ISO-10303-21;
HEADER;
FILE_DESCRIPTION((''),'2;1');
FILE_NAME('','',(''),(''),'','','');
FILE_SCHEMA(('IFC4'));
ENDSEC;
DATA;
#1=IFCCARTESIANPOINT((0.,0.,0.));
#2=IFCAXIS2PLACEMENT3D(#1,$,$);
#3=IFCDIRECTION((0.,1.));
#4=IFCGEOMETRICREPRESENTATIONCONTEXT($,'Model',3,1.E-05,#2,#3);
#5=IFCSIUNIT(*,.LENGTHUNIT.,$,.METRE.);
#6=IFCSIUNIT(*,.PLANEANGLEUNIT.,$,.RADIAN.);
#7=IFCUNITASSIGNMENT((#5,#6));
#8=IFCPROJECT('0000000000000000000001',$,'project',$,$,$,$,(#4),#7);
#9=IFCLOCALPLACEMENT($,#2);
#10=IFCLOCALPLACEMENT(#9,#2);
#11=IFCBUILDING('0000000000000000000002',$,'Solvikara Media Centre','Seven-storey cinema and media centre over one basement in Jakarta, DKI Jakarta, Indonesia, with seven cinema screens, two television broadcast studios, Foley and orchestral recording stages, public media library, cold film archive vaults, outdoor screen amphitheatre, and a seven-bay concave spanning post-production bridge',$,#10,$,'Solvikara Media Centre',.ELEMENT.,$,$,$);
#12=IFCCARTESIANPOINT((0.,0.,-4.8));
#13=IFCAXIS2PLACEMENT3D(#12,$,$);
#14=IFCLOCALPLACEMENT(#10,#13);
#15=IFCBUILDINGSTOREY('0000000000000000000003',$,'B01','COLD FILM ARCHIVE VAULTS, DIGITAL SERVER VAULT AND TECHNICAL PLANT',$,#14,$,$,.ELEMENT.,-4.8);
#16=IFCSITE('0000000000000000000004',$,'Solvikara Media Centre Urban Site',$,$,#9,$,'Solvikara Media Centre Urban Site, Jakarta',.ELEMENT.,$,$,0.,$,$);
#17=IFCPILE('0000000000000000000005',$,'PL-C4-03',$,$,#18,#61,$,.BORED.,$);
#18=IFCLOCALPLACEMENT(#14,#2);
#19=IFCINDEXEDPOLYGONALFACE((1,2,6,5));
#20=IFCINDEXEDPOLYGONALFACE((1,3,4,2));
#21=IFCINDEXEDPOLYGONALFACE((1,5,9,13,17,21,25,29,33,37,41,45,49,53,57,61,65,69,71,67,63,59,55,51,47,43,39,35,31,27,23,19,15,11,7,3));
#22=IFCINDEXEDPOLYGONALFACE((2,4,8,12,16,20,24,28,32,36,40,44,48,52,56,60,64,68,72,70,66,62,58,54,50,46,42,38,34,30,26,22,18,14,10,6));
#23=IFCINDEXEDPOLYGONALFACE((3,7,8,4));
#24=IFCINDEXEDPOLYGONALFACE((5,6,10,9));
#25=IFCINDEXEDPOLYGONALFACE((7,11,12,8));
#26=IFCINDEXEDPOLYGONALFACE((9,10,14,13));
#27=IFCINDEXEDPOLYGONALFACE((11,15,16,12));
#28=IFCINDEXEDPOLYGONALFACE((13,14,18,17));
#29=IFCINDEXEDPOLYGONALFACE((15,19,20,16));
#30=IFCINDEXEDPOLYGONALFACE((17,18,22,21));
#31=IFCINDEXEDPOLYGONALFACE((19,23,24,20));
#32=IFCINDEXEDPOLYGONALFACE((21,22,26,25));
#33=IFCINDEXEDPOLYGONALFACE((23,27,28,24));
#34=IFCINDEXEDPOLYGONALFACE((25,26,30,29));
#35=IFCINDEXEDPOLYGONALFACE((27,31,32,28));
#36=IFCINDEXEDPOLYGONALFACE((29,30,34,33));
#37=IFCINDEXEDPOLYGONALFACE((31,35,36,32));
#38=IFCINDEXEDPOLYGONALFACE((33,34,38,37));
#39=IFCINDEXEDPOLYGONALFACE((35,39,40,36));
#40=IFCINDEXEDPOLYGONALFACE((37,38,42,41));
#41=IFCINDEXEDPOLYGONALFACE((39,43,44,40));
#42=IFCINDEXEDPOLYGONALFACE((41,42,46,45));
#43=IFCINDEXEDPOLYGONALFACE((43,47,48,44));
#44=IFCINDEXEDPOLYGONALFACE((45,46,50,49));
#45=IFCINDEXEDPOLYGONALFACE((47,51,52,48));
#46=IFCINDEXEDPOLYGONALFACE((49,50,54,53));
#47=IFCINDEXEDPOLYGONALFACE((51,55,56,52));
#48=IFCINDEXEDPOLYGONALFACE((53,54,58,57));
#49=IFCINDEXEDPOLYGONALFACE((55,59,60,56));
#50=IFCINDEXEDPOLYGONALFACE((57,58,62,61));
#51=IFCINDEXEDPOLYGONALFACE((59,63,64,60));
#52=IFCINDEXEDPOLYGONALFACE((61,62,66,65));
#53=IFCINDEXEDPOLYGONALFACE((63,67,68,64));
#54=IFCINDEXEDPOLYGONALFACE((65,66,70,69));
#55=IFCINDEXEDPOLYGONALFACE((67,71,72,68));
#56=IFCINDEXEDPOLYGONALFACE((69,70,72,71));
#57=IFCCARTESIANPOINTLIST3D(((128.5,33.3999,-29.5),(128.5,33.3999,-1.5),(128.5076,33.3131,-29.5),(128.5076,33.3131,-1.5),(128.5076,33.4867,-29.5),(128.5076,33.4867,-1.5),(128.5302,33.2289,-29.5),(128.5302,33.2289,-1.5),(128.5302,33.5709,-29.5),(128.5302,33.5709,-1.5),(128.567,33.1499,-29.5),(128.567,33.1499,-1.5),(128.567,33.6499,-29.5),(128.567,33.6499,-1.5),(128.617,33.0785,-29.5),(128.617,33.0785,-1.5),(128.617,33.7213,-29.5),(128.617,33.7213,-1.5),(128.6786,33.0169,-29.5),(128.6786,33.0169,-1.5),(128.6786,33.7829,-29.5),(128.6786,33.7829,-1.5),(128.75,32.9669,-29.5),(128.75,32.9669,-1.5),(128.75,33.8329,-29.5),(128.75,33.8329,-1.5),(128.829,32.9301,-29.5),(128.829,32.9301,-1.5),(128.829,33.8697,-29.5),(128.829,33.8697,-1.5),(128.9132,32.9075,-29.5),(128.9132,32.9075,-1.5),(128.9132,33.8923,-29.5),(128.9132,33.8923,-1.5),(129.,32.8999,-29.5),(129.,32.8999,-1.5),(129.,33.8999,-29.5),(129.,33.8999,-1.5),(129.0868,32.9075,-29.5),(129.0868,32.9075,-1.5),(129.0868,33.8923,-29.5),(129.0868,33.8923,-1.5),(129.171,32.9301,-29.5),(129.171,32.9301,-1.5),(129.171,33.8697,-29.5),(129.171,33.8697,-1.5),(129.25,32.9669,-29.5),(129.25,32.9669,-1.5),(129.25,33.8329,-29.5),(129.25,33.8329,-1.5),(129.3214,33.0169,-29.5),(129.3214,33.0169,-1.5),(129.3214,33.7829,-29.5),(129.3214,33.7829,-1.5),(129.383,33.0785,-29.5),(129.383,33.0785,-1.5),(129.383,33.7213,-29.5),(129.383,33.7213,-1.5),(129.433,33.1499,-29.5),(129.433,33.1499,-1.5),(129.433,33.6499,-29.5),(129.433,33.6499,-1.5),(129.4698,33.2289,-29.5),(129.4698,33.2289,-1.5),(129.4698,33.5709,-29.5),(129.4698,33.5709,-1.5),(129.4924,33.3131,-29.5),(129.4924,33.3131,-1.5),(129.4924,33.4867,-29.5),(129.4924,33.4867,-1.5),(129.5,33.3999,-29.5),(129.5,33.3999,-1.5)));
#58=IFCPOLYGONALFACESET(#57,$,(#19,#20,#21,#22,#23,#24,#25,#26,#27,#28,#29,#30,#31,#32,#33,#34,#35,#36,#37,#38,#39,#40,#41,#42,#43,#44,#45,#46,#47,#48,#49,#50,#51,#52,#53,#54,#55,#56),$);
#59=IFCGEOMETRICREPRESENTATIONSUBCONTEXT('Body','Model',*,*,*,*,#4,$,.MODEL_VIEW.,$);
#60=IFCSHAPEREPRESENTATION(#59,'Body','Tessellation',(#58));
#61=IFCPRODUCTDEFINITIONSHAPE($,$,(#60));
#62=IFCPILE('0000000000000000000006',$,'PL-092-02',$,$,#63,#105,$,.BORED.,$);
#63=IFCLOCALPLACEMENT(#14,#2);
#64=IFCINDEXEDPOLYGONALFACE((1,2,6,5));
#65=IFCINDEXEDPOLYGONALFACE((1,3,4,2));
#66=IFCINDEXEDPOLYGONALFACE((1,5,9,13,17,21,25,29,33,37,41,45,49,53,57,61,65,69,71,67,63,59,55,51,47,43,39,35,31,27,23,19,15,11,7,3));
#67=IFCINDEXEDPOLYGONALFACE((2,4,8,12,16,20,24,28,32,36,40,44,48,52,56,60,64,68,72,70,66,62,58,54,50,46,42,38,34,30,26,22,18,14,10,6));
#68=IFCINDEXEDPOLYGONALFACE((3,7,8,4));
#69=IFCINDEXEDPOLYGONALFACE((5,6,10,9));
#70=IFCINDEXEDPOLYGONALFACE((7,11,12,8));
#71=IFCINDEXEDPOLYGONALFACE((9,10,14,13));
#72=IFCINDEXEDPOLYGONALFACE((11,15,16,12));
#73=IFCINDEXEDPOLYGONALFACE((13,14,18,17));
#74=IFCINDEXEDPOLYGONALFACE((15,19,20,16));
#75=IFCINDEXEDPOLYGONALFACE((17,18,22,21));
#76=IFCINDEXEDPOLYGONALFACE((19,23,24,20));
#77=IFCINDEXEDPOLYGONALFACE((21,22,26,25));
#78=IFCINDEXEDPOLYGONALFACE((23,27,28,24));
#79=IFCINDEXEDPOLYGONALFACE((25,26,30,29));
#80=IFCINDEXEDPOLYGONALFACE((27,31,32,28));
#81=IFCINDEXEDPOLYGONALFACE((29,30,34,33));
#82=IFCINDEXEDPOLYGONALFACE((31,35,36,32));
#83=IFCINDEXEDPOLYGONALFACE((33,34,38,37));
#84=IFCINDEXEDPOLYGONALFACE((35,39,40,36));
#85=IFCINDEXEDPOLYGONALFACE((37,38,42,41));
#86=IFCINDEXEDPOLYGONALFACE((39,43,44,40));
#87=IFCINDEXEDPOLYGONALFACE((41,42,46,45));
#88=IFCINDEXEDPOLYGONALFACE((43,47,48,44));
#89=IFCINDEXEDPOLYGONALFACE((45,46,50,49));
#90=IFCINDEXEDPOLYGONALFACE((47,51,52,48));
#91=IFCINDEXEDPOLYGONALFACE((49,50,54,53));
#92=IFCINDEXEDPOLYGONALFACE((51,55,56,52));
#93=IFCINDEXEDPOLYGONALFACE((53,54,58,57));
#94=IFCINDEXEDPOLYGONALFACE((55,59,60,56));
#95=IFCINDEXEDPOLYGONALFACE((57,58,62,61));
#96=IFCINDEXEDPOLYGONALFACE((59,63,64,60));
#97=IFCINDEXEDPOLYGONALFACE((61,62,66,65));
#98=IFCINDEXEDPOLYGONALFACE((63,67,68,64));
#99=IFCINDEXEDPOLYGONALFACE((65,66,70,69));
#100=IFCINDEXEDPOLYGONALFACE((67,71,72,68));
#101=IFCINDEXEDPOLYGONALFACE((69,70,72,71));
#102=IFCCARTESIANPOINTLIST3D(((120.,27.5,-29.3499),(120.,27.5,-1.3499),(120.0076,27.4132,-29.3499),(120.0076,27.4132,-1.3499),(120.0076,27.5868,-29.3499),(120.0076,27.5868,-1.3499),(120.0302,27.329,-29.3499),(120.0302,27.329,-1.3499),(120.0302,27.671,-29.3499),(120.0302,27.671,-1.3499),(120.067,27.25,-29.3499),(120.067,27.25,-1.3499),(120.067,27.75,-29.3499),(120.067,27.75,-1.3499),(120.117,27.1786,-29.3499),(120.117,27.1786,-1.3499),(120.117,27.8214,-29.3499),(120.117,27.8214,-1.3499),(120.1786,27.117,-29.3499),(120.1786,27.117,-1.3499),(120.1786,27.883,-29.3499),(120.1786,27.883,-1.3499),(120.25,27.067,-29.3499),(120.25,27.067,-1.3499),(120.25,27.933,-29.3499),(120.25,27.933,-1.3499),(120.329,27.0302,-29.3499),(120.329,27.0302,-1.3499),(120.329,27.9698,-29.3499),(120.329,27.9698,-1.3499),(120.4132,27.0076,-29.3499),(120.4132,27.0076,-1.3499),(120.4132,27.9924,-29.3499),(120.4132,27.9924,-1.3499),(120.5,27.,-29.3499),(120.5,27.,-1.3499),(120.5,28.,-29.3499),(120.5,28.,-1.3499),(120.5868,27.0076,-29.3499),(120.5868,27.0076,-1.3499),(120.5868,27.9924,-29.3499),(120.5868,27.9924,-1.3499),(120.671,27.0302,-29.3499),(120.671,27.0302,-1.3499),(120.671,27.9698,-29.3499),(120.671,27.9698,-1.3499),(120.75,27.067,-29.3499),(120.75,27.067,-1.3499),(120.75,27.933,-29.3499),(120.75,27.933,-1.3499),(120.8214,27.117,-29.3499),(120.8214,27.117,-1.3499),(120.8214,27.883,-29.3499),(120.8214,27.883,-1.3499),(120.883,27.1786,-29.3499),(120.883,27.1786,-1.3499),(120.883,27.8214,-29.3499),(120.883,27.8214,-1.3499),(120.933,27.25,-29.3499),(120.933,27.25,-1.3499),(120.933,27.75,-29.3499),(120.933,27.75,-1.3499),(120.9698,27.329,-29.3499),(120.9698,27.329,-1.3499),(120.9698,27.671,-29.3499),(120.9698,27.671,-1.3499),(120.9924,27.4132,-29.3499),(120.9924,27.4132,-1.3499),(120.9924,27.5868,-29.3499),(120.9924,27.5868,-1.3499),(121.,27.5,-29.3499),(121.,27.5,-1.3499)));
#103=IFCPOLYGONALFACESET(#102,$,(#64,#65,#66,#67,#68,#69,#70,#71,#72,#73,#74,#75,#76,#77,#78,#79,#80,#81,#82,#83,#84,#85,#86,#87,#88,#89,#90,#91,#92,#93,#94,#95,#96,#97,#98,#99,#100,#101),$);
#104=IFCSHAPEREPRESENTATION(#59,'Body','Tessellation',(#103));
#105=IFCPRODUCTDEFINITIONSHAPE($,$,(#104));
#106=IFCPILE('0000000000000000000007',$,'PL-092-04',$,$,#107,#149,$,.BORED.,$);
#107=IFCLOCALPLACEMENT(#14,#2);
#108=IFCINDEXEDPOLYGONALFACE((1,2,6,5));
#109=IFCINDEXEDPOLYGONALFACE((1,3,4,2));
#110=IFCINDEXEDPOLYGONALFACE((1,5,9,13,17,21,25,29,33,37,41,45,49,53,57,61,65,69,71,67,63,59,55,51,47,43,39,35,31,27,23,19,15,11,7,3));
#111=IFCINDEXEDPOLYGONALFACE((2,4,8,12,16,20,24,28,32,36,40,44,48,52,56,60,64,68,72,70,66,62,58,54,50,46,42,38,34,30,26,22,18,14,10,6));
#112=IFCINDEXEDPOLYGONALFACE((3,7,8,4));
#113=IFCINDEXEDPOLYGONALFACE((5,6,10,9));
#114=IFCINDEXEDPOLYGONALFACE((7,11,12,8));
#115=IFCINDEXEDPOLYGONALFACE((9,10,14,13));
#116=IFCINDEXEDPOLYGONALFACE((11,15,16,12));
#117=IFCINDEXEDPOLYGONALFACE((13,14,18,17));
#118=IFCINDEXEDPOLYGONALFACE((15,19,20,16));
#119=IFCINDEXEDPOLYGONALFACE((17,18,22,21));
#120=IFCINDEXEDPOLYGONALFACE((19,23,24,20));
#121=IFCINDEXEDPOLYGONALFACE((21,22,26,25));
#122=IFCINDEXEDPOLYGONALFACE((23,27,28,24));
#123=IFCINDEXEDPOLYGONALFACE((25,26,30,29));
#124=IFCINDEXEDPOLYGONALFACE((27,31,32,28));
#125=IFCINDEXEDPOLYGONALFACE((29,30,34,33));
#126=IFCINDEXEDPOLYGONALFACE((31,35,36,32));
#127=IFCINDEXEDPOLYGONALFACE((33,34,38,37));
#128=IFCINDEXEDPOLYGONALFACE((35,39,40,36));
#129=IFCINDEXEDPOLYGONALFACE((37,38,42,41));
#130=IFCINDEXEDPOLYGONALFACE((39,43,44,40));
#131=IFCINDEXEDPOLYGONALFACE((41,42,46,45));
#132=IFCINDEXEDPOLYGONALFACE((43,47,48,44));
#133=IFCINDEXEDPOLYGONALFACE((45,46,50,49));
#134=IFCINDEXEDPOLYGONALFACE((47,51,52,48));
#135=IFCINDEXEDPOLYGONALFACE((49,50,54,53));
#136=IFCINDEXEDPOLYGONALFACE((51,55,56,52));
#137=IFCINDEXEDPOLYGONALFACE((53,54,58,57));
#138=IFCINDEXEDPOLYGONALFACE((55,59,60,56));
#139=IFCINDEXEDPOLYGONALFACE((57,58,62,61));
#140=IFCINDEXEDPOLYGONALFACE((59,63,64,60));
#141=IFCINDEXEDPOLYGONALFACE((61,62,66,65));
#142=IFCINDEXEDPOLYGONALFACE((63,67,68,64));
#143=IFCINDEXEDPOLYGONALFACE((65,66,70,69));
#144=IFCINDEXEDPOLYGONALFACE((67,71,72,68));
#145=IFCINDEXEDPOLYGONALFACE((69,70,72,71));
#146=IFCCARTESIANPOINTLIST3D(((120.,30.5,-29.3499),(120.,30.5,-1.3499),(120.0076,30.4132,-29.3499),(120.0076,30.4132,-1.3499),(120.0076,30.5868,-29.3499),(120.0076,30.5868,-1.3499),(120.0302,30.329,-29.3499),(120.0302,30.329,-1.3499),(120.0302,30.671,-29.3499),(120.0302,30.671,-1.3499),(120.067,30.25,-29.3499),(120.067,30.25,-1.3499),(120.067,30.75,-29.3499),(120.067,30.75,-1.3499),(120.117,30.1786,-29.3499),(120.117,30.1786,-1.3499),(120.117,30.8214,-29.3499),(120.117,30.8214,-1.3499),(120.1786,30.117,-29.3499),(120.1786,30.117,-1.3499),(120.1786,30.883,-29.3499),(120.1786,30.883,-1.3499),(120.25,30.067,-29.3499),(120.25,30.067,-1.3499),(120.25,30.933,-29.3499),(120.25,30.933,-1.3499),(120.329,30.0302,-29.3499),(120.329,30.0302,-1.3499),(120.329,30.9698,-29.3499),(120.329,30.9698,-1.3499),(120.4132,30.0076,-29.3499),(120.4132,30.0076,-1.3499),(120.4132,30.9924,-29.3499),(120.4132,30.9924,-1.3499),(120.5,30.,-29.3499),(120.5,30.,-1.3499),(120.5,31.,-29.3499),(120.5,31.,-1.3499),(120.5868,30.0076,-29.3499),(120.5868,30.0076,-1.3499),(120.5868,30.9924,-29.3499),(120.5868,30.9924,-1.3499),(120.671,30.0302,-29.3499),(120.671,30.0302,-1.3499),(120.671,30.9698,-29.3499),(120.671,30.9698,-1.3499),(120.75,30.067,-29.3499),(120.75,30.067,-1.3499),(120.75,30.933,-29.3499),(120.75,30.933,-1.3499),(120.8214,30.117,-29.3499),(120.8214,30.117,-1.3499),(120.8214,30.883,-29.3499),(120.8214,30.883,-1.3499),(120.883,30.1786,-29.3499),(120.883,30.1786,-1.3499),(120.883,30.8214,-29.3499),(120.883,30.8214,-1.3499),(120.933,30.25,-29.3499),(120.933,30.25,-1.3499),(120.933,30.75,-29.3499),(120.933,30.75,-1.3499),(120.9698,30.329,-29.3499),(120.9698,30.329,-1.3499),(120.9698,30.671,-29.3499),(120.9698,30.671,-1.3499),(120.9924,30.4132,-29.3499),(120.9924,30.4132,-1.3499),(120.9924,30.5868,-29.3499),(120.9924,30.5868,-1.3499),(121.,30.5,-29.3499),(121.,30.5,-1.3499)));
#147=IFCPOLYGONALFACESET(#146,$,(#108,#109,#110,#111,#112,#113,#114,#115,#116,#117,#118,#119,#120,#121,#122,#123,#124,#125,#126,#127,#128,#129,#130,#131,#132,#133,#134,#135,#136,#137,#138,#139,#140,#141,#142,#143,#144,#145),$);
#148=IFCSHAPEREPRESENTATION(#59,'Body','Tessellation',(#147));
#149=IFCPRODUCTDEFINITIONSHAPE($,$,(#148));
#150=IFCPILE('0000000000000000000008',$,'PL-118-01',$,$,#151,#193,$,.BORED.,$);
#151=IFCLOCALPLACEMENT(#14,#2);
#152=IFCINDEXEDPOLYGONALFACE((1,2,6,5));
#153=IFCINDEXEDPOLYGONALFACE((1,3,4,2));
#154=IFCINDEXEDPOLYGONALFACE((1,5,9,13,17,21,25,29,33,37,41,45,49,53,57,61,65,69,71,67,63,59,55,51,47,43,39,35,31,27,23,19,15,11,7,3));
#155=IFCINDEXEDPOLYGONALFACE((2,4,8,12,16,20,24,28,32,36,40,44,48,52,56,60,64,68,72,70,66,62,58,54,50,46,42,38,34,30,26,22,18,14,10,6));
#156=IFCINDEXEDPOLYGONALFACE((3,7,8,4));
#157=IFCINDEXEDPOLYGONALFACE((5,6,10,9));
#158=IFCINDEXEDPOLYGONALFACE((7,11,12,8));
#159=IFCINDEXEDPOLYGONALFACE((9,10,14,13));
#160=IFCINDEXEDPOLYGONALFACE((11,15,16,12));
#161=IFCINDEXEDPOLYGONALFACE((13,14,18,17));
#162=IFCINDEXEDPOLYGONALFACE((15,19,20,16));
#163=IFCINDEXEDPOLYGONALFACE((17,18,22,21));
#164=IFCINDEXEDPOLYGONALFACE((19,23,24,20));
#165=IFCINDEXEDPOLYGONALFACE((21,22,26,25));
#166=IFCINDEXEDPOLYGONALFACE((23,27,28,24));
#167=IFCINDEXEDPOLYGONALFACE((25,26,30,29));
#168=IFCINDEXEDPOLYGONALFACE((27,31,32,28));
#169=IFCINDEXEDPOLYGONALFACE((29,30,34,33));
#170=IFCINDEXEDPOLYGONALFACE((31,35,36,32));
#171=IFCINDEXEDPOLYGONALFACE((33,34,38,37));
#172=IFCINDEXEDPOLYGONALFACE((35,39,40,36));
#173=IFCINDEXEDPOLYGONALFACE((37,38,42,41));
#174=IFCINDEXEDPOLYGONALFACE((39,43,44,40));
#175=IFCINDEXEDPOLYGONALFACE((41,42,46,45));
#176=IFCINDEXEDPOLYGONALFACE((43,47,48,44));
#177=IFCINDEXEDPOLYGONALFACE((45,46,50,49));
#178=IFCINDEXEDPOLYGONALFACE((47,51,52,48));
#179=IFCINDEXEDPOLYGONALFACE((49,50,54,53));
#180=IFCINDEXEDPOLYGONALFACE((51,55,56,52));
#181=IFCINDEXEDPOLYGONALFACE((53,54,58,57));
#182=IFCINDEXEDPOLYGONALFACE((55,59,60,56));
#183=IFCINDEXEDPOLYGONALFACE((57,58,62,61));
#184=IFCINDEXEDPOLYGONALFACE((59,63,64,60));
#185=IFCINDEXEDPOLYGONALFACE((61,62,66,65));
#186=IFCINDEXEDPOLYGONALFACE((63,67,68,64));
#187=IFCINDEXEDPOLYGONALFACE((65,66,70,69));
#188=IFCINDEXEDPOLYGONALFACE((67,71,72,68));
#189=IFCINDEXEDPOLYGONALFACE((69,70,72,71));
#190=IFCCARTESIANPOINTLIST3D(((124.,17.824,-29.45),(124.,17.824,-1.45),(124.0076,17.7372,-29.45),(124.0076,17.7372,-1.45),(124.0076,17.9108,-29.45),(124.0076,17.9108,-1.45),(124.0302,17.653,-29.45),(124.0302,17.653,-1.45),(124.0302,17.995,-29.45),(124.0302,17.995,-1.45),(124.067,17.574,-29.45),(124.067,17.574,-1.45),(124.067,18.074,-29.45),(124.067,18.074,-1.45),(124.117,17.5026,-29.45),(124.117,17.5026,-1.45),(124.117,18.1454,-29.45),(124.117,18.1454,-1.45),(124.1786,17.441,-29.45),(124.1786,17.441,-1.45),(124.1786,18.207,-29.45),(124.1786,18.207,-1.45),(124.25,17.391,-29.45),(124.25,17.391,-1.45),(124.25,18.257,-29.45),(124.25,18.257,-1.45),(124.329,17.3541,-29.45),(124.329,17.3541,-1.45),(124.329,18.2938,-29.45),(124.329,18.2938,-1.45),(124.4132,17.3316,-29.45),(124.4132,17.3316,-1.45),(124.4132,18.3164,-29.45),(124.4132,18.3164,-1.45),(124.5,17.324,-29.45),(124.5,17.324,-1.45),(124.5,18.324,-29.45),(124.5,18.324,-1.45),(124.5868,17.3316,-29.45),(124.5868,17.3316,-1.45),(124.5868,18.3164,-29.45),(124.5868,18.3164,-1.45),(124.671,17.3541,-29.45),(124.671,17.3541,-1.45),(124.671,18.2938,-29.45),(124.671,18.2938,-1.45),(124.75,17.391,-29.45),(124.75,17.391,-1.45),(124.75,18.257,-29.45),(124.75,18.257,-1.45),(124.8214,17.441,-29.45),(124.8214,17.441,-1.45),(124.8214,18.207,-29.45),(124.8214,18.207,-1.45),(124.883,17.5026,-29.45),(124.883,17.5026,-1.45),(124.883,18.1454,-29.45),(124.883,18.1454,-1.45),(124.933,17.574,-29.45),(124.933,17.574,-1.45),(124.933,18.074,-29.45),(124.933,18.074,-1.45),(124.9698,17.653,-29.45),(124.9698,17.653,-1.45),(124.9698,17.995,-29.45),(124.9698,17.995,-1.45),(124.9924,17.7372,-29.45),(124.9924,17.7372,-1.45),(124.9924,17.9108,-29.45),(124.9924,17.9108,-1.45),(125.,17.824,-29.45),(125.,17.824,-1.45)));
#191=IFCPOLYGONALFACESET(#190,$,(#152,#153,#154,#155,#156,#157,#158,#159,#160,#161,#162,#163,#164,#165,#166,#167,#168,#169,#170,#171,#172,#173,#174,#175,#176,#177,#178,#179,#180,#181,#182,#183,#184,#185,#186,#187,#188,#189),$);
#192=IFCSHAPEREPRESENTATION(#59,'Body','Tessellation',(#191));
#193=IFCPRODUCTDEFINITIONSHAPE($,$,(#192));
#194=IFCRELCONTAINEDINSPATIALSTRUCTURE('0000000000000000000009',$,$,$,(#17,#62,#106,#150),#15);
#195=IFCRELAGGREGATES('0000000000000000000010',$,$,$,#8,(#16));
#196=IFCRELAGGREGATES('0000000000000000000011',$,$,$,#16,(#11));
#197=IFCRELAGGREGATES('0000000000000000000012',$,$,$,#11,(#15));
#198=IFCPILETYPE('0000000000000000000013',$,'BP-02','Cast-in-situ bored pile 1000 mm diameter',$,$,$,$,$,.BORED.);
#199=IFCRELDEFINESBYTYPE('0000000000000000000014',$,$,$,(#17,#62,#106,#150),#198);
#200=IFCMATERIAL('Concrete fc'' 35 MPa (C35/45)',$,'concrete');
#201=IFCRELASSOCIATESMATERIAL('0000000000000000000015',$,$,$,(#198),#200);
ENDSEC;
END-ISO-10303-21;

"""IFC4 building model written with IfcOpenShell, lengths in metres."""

from ifc_helpers import new_model, si_unit, direction, frame, origin, origin_2d, place, context, subcontext, project, spatial, circle, extrude, material, material_profile, profile_set, type_object, element, save


model = new_model("IFC4")

# Units and contexts
model_context = context("Model", 3, precision=1e-05, world=origin(), true_north=direction((0.0, 1.0)))
body_context = subcontext(model_context, "Body", "Model", "MODEL_VIEW")
ifc_project = project(units=[si_unit("LENGTHUNIT", "METRE"), si_unit("PLANEANGLEUNIT", "RADIAN")], contexts=[model_context])

# Site, building, storey
site_placement = place(None, origin())
site = spatial("IfcSite", under=ifc_project, at=site_placement, Name="Solvikara Media Centre Urban Site", LongName="Solvikara Media Centre Urban Site, Jakarta", CompositionType="ELEMENT", RefElevation=0.0)
building_placement = place(site_placement, origin())
building = spatial("IfcBuilding", under=site, at=building_placement, Name="Solvikara Media Centre", Description="Seven-storey cinema and media centre over one basement in Jakarta, DKI Jakarta, Indonesia, with seven cinema screens, two television broadcast studios, Foley and orchestral recording stages, public media library, cold film archive vaults, outdoor screen amphitheatre, and a seven-bay concave spanning post-production bridge", LongName="Solvikara Media Centre", CompositionType="ELEMENT")
storey_placement = place(building_placement, frame((0.0, 0.0, -4.8)))
storey = spatial("IfcBuildingStorey", under=building, at=storey_placement, Name="B01", Description="COLD FILM ARCHIVE VAULTS, DIGITAL SERVER VAULT AND TECHNICAL PLANT", CompositionType="ELEMENT", Elevation=-4.8)

# Piles
ifc_material_1 = material(Name="Concrete fc' 35 MPa (C35/45)", Category="concrete")
ifc_material_profile_1 = material_profile(ifc_material_1, circle(Radius=0.5, at=origin_2d()), Name="BORED PILE D1000")
ifc_profile_set_1 = profile_set([ifc_material_profile_1], Name="Concrete fc' 35 MPa (C35/45)")
pile_type_1 = type_object("IfcPileType", Name="BP-02", Description="Cast-in-situ bored pile 1000 mm diameter", PredefinedType="BORED", material=ifc_profile_set_1)
for number, where, z_axis, x_axis, name in (
    (1, (129.0, 33.3999, -1.5), (0.0, 0.0, -1.0), (1.0, 0.0, 0.0), "PL-C4-03"),
    (2, (120.5, 27.5, -1.3499), (0.0, 0.0, -1.0), (1.0, 0.0, 0.0), "PL-092-02"),
    (3, (120.5, 30.5, -1.3499), (0.0, 0.0, -1.0), (1.0, 0.0, 0.0), "PL-092-04"),
    (4, (124.5, 17.824, -1.45), (0.0, 0.0, -1.0), (1.0, 0.0, 0.0), "PL-118-01"),
):
    element("IfcPile", number, at=place(storey_placement, frame(where, z_axis=z_axis, x_axis=x_axis)), inside=storey, type_object=pile_type_1, Name=name, PredefinedType="BORED", context=body_context, shape_type="SweptSolid", body=[
        extrude(circle(Radius=0.5, at=origin_2d()), origin(), (0.0, 0.0, 1.0), 28.0),
    ])

save(model, "model.ifc")
